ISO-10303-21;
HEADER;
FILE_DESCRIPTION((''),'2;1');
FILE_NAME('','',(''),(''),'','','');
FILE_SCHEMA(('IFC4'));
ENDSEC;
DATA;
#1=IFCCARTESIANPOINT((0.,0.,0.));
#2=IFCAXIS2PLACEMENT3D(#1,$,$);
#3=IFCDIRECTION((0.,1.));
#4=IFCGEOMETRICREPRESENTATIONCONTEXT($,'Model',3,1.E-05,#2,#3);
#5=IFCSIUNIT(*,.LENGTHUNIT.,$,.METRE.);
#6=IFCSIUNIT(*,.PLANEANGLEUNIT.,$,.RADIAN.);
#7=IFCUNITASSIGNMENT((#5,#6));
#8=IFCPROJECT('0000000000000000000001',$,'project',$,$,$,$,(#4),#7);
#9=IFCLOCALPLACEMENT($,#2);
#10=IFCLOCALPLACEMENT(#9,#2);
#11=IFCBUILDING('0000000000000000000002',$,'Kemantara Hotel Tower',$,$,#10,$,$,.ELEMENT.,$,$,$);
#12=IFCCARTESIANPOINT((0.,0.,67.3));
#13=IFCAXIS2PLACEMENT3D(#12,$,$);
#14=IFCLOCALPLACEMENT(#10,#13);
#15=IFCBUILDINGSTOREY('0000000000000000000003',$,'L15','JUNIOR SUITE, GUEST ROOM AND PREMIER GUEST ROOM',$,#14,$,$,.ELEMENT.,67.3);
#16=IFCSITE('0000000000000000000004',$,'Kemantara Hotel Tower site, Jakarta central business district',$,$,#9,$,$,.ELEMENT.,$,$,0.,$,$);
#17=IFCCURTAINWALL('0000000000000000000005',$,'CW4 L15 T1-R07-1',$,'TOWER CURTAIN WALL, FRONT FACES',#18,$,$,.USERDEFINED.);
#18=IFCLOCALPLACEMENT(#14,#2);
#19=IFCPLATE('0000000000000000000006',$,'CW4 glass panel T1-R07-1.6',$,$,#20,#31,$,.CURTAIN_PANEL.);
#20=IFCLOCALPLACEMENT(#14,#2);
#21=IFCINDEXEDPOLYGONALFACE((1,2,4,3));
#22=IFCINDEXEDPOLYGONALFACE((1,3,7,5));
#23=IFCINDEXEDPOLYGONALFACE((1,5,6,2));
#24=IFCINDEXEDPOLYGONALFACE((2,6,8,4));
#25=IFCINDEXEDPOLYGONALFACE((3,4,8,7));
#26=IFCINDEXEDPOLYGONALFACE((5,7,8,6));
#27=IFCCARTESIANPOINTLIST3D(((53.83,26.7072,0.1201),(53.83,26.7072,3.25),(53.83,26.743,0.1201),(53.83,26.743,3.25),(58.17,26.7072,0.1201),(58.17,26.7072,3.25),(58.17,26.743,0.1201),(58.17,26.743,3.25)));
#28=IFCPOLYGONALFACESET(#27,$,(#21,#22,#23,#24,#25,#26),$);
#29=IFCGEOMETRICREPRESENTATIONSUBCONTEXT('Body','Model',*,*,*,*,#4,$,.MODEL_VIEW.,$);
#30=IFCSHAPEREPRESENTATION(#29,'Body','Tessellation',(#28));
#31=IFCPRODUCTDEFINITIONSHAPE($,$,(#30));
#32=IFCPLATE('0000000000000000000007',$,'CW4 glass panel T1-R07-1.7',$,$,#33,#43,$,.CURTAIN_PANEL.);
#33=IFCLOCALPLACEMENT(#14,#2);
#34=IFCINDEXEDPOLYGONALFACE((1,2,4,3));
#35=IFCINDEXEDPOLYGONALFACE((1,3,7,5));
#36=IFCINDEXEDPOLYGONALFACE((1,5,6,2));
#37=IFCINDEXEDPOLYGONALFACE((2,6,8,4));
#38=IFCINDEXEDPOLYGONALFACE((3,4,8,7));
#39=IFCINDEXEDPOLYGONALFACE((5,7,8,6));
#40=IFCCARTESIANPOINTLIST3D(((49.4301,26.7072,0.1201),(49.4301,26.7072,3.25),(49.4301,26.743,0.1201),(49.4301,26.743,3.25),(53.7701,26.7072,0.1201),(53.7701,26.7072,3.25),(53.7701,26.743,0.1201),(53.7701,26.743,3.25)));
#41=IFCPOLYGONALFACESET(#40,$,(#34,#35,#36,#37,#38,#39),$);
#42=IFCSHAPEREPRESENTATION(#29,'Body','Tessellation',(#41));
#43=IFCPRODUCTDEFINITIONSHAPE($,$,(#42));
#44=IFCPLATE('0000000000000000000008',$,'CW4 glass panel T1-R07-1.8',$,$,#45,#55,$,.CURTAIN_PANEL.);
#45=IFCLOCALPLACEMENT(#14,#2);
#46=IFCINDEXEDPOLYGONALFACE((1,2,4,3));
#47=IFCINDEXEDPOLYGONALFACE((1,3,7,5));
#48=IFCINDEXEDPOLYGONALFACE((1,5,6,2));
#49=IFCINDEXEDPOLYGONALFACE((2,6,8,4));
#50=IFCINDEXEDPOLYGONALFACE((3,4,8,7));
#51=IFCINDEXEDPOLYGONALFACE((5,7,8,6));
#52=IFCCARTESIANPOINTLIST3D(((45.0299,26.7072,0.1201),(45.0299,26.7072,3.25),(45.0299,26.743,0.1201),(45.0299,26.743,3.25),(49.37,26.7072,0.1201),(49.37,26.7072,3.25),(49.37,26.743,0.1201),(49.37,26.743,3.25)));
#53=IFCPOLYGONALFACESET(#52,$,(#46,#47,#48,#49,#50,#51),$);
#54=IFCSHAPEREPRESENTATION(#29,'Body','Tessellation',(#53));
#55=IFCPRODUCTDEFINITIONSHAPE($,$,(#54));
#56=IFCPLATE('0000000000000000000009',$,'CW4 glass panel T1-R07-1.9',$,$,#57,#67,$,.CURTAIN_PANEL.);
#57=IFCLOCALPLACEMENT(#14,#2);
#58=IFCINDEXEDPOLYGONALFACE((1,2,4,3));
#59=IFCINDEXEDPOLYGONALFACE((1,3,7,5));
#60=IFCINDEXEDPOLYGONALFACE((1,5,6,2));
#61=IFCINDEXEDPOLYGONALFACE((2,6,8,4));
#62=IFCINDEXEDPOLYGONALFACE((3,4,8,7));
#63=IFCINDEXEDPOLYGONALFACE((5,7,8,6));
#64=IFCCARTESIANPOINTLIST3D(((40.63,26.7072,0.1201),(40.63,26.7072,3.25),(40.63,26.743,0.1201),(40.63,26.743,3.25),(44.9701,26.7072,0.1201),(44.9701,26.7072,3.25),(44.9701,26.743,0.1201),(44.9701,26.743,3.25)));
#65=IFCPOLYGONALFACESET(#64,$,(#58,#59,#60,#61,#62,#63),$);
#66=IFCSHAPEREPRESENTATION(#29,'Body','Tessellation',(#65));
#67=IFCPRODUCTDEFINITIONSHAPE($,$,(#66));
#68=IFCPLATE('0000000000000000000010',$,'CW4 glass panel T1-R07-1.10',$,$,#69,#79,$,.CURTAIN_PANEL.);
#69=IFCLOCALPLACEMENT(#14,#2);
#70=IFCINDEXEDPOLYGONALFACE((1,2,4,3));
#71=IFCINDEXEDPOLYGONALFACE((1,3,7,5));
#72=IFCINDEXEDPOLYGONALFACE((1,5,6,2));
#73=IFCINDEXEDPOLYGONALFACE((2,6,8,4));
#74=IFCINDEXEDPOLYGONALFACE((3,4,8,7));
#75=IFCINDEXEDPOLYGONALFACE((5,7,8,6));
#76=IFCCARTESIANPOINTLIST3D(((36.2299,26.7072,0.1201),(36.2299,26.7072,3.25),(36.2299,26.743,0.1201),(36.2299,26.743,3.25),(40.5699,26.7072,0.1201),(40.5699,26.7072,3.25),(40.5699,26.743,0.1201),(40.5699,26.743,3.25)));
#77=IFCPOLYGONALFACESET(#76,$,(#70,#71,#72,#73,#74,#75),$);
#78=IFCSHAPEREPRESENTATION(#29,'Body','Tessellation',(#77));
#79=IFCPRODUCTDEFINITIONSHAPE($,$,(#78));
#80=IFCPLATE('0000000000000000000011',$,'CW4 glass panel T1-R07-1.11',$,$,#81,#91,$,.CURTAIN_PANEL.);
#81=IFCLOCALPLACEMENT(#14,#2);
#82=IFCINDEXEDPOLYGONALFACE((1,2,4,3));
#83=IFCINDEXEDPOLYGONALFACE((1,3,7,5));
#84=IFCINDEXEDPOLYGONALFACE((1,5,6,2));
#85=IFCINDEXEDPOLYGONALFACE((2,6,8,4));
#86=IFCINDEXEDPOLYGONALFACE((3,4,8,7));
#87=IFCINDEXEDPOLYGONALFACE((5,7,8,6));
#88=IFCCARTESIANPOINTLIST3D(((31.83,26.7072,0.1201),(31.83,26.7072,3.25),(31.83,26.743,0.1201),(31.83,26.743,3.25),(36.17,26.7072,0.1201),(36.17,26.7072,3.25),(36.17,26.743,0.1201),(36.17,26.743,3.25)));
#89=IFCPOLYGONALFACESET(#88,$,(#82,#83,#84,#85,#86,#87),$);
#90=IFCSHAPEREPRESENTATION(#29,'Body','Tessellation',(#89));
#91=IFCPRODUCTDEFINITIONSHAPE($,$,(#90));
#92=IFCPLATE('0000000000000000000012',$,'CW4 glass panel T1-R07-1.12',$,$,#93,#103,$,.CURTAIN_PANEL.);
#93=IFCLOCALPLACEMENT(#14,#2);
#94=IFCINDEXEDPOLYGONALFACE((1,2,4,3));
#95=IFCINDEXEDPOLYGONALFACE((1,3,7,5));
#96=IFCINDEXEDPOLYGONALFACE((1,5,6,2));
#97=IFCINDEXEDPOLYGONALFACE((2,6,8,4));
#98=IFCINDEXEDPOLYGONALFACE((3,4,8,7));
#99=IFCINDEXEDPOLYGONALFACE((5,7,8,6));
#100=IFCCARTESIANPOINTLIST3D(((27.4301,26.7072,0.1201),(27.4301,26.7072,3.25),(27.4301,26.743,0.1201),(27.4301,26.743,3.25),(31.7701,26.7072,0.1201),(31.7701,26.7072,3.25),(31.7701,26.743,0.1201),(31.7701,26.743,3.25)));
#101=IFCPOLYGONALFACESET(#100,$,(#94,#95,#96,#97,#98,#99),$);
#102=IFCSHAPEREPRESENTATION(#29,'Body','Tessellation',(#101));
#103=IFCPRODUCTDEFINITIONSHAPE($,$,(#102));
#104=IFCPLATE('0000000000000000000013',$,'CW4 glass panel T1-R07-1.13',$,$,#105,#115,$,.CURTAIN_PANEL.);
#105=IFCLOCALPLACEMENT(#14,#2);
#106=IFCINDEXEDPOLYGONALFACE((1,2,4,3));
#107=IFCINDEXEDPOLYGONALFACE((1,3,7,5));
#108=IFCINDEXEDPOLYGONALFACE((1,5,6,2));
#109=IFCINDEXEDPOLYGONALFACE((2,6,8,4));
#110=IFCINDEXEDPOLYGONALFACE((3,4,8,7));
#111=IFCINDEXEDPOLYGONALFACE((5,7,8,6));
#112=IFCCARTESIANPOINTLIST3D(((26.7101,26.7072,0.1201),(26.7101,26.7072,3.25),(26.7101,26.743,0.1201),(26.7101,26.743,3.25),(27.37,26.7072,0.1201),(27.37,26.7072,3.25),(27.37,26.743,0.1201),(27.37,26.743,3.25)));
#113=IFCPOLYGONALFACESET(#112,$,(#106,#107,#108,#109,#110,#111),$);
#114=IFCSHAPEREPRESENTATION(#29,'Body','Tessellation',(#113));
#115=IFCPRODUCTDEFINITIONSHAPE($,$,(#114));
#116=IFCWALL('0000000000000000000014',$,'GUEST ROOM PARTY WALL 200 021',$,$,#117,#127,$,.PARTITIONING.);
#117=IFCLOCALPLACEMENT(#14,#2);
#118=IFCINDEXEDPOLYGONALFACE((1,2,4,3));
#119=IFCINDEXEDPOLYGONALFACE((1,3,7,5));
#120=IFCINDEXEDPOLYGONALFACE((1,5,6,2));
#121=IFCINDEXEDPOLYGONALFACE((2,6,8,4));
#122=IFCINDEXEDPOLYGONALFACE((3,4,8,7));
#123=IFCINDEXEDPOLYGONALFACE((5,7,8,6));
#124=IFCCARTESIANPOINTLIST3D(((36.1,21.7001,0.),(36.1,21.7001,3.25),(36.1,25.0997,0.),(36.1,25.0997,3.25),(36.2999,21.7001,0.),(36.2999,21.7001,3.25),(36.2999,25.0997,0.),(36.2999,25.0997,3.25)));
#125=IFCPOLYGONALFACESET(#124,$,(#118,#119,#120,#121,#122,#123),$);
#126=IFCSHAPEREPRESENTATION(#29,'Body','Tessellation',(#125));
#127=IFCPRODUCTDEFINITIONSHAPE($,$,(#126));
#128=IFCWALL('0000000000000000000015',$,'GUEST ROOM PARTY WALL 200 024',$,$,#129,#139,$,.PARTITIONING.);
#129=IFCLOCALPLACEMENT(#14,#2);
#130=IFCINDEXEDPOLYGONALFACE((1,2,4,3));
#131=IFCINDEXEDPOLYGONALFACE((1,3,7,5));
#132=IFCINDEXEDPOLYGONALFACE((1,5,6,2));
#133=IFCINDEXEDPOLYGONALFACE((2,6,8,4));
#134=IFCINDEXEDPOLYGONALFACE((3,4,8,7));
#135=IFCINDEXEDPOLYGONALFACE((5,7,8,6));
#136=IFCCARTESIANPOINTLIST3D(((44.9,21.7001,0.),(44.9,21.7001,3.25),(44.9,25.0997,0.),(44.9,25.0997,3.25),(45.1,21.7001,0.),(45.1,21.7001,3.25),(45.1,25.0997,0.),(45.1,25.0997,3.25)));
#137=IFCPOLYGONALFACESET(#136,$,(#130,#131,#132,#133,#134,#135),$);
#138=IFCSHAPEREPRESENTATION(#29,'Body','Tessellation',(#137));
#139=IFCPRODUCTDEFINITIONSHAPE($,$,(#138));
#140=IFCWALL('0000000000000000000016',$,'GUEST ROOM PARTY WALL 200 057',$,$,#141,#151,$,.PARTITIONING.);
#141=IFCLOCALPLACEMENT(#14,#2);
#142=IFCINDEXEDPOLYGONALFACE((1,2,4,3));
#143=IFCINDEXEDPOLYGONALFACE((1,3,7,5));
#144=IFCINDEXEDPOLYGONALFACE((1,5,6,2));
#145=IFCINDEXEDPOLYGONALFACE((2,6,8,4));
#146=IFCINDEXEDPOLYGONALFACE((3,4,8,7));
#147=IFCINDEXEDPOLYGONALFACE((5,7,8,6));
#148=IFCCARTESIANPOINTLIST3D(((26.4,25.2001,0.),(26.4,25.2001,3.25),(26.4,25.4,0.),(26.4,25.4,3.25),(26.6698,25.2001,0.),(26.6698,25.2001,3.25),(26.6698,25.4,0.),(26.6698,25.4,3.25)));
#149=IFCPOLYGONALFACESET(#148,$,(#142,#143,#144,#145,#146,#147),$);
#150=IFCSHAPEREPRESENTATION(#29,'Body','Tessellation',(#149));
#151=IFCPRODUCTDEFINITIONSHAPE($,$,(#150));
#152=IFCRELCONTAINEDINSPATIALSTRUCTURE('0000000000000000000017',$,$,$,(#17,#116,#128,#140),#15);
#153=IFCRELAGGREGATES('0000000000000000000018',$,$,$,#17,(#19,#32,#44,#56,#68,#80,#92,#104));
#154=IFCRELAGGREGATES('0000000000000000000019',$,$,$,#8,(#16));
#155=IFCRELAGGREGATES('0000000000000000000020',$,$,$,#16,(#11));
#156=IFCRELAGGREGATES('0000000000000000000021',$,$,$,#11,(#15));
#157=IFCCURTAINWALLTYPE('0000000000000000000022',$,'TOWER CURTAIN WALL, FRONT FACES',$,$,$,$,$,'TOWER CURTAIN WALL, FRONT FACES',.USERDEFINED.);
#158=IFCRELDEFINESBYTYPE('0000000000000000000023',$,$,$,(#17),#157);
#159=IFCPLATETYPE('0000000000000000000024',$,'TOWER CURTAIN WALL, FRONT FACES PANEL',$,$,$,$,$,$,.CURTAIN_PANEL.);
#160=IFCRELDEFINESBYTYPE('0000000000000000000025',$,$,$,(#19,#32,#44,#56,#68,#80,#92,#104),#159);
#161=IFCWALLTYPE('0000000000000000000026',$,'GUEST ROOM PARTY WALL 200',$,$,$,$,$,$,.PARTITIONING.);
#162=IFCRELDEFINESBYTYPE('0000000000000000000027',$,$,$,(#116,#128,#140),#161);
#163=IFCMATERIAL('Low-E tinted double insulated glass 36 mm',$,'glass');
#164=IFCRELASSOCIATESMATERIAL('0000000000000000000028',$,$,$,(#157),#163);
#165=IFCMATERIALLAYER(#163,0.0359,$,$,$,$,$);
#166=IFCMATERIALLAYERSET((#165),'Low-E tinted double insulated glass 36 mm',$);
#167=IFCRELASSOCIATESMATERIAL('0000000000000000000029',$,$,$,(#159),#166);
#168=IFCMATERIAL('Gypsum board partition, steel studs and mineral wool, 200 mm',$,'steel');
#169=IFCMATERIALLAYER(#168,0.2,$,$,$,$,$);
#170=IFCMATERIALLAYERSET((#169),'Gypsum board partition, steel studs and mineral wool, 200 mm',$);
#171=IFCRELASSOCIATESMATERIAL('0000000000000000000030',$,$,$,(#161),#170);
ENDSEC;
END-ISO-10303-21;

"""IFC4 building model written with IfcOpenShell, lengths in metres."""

from ifc_helpers import new_model, si_unit, direction, frame, frame_2d, origin, origin_2d, place, context, subcontext, project, spatial, rectangle, extrude, source, transform, mapped, material, layer, layer_set, type_object, element, aggregate, save


model = new_model("IFC4")

# Units and contexts
model_context = context("Model", 3, precision=1e-05, world=origin(), true_north=direction((0.0, 1.0)))
body_context = subcontext(model_context, "Body", "Model", "MODEL_VIEW")
ifc_project = project(units=[si_unit("LENGTHUNIT", "METRE"), si_unit("PLANEANGLEUNIT", "RADIAN")], contexts=[model_context])

# Site, building, storey
site_placement = place(None, origin())
site = spatial("IfcSite", under=ifc_project, at=site_placement, Name="Kemantara Hotel Tower site, Jakarta central business district", CompositionType="ELEMENT", RefElevation=0.0)
building_placement = place(site_placement, origin())
building = spatial("IfcBuilding", under=site, at=building_placement, Name="Kemantara Hotel Tower", CompositionType="ELEMENT")
storey_placement = place(building_placement, frame((0.0, 0.0, 67.3)))
storey = spatial("IfcBuildingStorey", under=building, at=storey_placement, Name="L15", Description="JUNIOR SUITE, GUEST ROOM AND PREMIER GUEST ROOM", CompositionType="ELEMENT", Elevation=67.3)

# Curtain wall, plates
ifc_material_1 = material(Name="Low-E tinted double insulated glass 36 mm", Category="glass")
curtain_wall_type = type_object("IfcCurtainWallType", Name="TOWER CURTAIN WALL, FRONT FACES", ElementType="TOWER CURTAIN WALL, FRONT FACES", PredefinedType="USERDEFINED", material=ifc_material_1)
curtain_wall_placement = place(storey_placement, origin())
curtain_wall = element("IfcCurtainWall", 1, at=curtain_wall_placement, inside=storey, type_object=curtain_wall_type, Name="CW4 L15 T1-R07-1", ObjectType="TOWER CURTAIN WALL, FRONT FACES", PredefinedType="USERDEFINED")
ifc_layer_1 = layer(ifc_material_1, 0.0359)
ifc_layer_set_1 = layer_set([ifc_layer_1], Name="Low-E tinted double insulated glass 36 mm")
plate_type = type_object("IfcPlateType", Name="TOWER CURTAIN WALL, FRONT FACES PANEL", PredefinedType="CURTAIN_PANEL", material=ifc_layer_set_1)
shared_shape_1 = source(origin(), body_context, "Body", "SweptSolid", [
    extrude(rectangle(XDim=4.3401, YDim=0.0359, at=origin_2d()), origin(), (0.0, 0.0, 1.0), 3.1299),
])
plate_1_placement = place(storey_placement, frame((56.0, 26.7251, 0.1201), z_axis=(0.0, 0.0, 1.0), x_axis=(-1.0, 0.0, 0.0)))
plate_1 = element("IfcPlate", 2, at=plate_1_placement, type_object=plate_type, Name="CW4 glass panel T1-R07-1.6", PredefinedType="CURTAIN_PANEL", context=body_context, shape_type="MappedRepresentation", body=[
    mapped(shared_shape_1, transform((0.0, 0.0, 0.0))),
])
plate_2_placement = place(storey_placement, frame((51.6001, 26.7251, 0.1201), z_axis=(0.0, 0.0, 1.0), x_axis=(-1.0, 0.0, 0.0)))
plate_2 = element("IfcPlate", 3, at=plate_2_placement, type_object=plate_type, Name="CW4 glass panel T1-R07-1.7", PredefinedType="CURTAIN_PANEL", context=body_context, shape_type="MappedRepresentation", body=[
    mapped(shared_shape_1, transform((0.0, 0.0, 0.0))),
])
plate_3_placement = place(storey_placement, frame((47.2, 26.7251, 0.1201), z_axis=(0.0, 0.0, 1.0), x_axis=(-1.0, 0.0, 0.0)))
plate_3 = element("IfcPlate", 4, at=plate_3_placement, type_object=plate_type, Name="CW4 glass panel T1-R07-1.8", PredefinedType="CURTAIN_PANEL", context=body_context, shape_type="MappedRepresentation", body=[
    mapped(shared_shape_1, transform((0.0, 0.0, 0.0))),
])
plate_4_placement = place(storey_placement, frame((42.8, 26.7251, 0.1201), z_axis=(0.0, 0.0, 1.0), x_axis=(-1.0, 0.0, 0.0)))
plate_4 = element("IfcPlate", 5, at=plate_4_placement, type_object=plate_type, Name="CW4 glass panel T1-R07-1.9", PredefinedType="CURTAIN_PANEL", context=body_context, shape_type="MappedRepresentation", body=[
    mapped(shared_shape_1, transform((0.0, 0.0, 0.0))),
])
plate_5_placement = place(storey_placement, frame((38.3999, 26.7251, 0.1201), z_axis=(0.0, 0.0, 1.0), x_axis=(-1.0, 0.0, 0.0)))
plate_5 = element("IfcPlate", 6, at=plate_5_placement, type_object=plate_type, Name="CW4 glass panel T1-R07-1.10", PredefinedType="CURTAIN_PANEL", context=body_context, shape_type="MappedRepresentation", body=[
    mapped(shared_shape_1, transform((0.0, 0.0, 0.0))),
])
plate_6_placement = place(storey_placement, frame((34.0, 26.7251, 0.1201), z_axis=(0.0, 0.0, 1.0), x_axis=(-1.0, 0.0, 0.0)))
plate_6 = element("IfcPlate", 7, at=plate_6_placement, type_object=plate_type, Name="CW4 glass panel T1-R07-1.11", PredefinedType="CURTAIN_PANEL", context=body_context, shape_type="MappedRepresentation", body=[
    mapped(shared_shape_1, transform((0.0, 0.0, 0.0))),
])
plate_7_placement = place(storey_placement, frame((29.6001, 26.7251, 0.1201), z_axis=(0.0, 0.0, 1.0), x_axis=(-1.0, 0.0, 0.0)))
plate_7 = element("IfcPlate", 8, at=plate_7_placement, type_object=plate_type, Name="CW4 glass panel T1-R07-1.12", PredefinedType="CURTAIN_PANEL", context=body_context, shape_type="MappedRepresentation", body=[
    mapped(shared_shape_1, transform((0.0, 0.0, 0.0))),
])
shared_shape_2 = source(origin(), body_context, "Body", "SweptSolid", [
    extrude(rectangle(XDim=0.6599, YDim=0.0359, at=origin_2d()), origin(), (0.0, 0.0, 1.0), 3.1299),
])
plate_8_placement = place(storey_placement, frame((27.04, 26.7251, 0.1201), z_axis=(0.0, 0.0, 1.0), x_axis=(-1.0, 0.0, 0.0)))
plate_8 = element("IfcPlate", 9, at=plate_8_placement, type_object=plate_type, Name="CW4 glass panel T1-R07-1.13", PredefinedType="CURTAIN_PANEL", context=body_context, shape_type="MappedRepresentation", body=[
    mapped(shared_shape_2, transform((0.0, 0.0, 0.0))),
])
aggregate(curtain_wall, [plate_1, plate_2, plate_3, plate_4, plate_5, plate_6, plate_7, plate_8])

# Walls
ifc_material_2 = material(Name="Gypsum board partition, steel studs and mineral wool, 200 mm", Category="steel")
ifc_layer_2 = layer(ifc_material_2, 0.2)
ifc_layer_set_2 = layer_set([ifc_layer_2], Name="Gypsum board partition, steel studs and mineral wool, 200 mm")
wall_type = type_object("IfcWallType", Name="GUEST ROOM PARTY WALL 200", PredefinedType="PARTITIONING", material=ifc_layer_set_2)
for number, where, z_axis, x_axis, name in (
    (10, (36.2, 21.7002, 0.0), (0.0, 0.0, 1.0), (0.0, 1.0, 0.0), "GUEST ROOM PARTY WALL 200 021"),
    (11, (45.0, 21.7002, 0.0), (0.0, 0.0, 1.0), (0.0, 1.0, 0.0), "GUEST ROOM PARTY WALL 200 024"),
):
    element("IfcWall", number, at=place(storey_placement, frame(where, z_axis=z_axis, x_axis=x_axis)), inside=storey, type_object=wall_type, Name=name, PredefinedType="PARTITIONING", context=body_context, shape_type="SweptSolid", body=[
        extrude(rectangle(XDim=3.3997, YDim=0.2, at=frame_2d((1.6997, 0.0))), origin(), (0.0, 0.0, 1.0), 3.25),
    ])
wall_placement = place(storey_placement, frame((26.4001, 25.3, 0.0), z_axis=(0.0, 0.0, 1.0), x_axis=(1.0, 0.0, 0.0)))
element("IfcWall", 12, at=wall_placement, inside=storey, type_object=wall_type, Name="GUEST ROOM PARTY WALL 200 057", PredefinedType="PARTITIONING", context=body_context, shape_type="SweptSolid", body=[
    extrude(rectangle(XDim=0.2698, YDim=0.2, at=frame_2d((0.1348, 0.0))), origin(), (0.0, 0.0, 1.0), 3.25),
])

save(model, "model.ifc")
